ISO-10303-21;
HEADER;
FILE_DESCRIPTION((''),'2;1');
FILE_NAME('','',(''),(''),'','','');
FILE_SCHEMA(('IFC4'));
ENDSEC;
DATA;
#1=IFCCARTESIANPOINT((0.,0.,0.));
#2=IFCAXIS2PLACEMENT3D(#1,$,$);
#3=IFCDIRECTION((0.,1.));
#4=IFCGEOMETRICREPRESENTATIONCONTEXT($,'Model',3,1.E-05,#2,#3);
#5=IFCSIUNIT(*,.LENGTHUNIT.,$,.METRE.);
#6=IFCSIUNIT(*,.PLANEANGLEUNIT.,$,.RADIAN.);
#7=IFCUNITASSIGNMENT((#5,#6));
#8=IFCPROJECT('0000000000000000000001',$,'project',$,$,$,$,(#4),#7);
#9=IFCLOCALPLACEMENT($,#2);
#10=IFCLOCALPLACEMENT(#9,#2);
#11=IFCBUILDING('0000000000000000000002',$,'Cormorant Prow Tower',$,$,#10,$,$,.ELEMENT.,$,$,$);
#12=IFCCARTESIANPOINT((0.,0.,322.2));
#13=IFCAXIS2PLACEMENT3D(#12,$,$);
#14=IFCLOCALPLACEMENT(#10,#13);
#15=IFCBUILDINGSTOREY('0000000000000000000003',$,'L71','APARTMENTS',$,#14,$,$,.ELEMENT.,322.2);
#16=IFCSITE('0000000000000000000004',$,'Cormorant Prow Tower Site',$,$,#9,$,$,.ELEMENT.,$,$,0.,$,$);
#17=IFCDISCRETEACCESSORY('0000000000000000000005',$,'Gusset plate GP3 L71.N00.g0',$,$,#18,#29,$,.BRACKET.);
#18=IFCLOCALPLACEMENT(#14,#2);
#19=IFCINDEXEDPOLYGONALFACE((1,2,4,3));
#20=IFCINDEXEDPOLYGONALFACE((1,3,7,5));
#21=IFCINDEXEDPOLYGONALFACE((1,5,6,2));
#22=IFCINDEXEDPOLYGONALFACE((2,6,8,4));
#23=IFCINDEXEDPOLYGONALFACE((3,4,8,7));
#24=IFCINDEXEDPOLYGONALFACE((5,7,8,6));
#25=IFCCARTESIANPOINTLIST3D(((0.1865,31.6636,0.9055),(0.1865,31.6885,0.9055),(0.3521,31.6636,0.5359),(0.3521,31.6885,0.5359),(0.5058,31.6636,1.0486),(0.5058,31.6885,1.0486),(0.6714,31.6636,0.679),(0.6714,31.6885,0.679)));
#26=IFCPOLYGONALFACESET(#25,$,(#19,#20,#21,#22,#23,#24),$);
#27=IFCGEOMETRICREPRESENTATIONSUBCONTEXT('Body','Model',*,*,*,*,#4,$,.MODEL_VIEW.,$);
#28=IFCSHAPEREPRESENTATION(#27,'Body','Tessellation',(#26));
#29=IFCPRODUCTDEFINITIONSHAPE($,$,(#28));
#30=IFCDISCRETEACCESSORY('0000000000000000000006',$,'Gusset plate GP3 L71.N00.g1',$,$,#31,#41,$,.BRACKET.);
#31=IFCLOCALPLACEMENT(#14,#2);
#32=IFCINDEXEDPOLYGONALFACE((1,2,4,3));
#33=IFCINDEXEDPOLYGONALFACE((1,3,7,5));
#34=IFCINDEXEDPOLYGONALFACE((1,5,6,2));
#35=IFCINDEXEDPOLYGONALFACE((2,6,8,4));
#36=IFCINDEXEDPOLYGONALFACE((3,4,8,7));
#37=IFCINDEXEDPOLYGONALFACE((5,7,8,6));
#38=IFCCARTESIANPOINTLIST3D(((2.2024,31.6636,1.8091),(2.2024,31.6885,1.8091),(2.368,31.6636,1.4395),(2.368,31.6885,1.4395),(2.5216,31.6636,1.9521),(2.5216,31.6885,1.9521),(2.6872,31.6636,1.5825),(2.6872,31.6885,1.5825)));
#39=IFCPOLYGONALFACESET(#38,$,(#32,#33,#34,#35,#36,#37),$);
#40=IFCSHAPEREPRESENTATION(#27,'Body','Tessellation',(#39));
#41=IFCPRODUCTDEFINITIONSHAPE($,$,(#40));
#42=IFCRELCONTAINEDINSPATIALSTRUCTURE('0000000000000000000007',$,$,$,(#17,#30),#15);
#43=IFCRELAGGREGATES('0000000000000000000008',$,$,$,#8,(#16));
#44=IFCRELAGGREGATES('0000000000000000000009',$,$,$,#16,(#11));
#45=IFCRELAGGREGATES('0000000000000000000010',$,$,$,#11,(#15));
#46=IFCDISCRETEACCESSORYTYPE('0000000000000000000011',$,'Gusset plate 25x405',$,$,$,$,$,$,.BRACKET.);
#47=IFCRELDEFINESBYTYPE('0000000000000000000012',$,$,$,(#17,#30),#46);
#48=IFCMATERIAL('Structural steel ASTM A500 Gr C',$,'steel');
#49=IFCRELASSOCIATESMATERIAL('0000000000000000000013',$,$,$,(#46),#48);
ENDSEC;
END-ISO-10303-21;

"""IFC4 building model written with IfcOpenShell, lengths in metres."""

from ifc_helpers import new_model, si_unit, direction, frame, origin, origin_2d, place, context, subcontext, project, spatial, rectangle, extrude, material, material_profile, profile_set, type_object, element, save


model = new_model("IFC4")

# Units and contexts
model_context = context("Model", 3, precision=1e-05, world=origin(), true_north=direction((0.0, 1.0)))
body_context = subcontext(model_context, "Body", "Model", "MODEL_VIEW")
ifc_project = project(units=[si_unit("LENGTHUNIT", "METRE"), si_unit("PLANEANGLEUNIT", "RADIAN")], contexts=[model_context])

# Site, building, storey
site_placement = place(None, origin())
site = spatial("IfcSite", under=ifc_project, at=site_placement, Name="Cormorant Prow Tower Site", CompositionType="ELEMENT", RefElevation=0.0)
building_placement = place(site_placement, origin())
building = spatial("IfcBuilding", under=site, at=building_placement, Name="Cormorant Prow Tower", CompositionType="ELEMENT")
storey_placement = place(building_placement, frame((0.0, 0.0, 322.2)))
storey = spatial("IfcBuildingStorey", under=building, at=storey_placement, Name="L71", Description="APARTMENTS", CompositionType="ELEMENT", Elevation=322.2)

# Discrete accessories
ifc_material_1 = material(Name="Structural steel ASTM A500 Gr C", Category="steel")
ifc_material_profile_1 = material_profile(ifc_material_1, rectangle(XDim=0.0249, YDim=0.405, at=origin_2d()), Name="Gusset plate 25x405")
ifc_profile_set_1 = profile_set([ifc_material_profile_1], Name="Structural steel ASTM A500 Gr C")
discrete_accessory_type = type_object("IfcDiscreteAccessoryType", Name="Gusset plate 25x405", PredefinedType="BRACKET", material=ifc_profile_set_1)
for number, where, z_axis, x_axis, name in (
    (1, (0.5886, 31.676, 0.8638), (-0.912599, 0.0, -0.408856), (0.0, -1.0, 0.0), "Gusset plate GP3 L71.N00.g0"),
    (2, (2.2852, 31.676, 1.6243), (0.912599, 0.0, 0.408856), (0.0, 1.0, 0.0), "Gusset plate GP3 L71.N00.g1"),
):
    element("IfcDiscreteAccessory", number, at=place(storey_placement, frame(where, z_axis=z_axis, x_axis=x_axis)), inside=storey, type_object=discrete_accessory_type, Name=name, PredefinedType="BRACKET", context=body_context, shape_type="SweptSolid", body=[
        extrude(rectangle(XDim=0.0249, YDim=0.405, at=origin_2d()), origin(), (0.0, 0.0, 1.0), 0.3499),
    ])

save(model, "model.ifc")
